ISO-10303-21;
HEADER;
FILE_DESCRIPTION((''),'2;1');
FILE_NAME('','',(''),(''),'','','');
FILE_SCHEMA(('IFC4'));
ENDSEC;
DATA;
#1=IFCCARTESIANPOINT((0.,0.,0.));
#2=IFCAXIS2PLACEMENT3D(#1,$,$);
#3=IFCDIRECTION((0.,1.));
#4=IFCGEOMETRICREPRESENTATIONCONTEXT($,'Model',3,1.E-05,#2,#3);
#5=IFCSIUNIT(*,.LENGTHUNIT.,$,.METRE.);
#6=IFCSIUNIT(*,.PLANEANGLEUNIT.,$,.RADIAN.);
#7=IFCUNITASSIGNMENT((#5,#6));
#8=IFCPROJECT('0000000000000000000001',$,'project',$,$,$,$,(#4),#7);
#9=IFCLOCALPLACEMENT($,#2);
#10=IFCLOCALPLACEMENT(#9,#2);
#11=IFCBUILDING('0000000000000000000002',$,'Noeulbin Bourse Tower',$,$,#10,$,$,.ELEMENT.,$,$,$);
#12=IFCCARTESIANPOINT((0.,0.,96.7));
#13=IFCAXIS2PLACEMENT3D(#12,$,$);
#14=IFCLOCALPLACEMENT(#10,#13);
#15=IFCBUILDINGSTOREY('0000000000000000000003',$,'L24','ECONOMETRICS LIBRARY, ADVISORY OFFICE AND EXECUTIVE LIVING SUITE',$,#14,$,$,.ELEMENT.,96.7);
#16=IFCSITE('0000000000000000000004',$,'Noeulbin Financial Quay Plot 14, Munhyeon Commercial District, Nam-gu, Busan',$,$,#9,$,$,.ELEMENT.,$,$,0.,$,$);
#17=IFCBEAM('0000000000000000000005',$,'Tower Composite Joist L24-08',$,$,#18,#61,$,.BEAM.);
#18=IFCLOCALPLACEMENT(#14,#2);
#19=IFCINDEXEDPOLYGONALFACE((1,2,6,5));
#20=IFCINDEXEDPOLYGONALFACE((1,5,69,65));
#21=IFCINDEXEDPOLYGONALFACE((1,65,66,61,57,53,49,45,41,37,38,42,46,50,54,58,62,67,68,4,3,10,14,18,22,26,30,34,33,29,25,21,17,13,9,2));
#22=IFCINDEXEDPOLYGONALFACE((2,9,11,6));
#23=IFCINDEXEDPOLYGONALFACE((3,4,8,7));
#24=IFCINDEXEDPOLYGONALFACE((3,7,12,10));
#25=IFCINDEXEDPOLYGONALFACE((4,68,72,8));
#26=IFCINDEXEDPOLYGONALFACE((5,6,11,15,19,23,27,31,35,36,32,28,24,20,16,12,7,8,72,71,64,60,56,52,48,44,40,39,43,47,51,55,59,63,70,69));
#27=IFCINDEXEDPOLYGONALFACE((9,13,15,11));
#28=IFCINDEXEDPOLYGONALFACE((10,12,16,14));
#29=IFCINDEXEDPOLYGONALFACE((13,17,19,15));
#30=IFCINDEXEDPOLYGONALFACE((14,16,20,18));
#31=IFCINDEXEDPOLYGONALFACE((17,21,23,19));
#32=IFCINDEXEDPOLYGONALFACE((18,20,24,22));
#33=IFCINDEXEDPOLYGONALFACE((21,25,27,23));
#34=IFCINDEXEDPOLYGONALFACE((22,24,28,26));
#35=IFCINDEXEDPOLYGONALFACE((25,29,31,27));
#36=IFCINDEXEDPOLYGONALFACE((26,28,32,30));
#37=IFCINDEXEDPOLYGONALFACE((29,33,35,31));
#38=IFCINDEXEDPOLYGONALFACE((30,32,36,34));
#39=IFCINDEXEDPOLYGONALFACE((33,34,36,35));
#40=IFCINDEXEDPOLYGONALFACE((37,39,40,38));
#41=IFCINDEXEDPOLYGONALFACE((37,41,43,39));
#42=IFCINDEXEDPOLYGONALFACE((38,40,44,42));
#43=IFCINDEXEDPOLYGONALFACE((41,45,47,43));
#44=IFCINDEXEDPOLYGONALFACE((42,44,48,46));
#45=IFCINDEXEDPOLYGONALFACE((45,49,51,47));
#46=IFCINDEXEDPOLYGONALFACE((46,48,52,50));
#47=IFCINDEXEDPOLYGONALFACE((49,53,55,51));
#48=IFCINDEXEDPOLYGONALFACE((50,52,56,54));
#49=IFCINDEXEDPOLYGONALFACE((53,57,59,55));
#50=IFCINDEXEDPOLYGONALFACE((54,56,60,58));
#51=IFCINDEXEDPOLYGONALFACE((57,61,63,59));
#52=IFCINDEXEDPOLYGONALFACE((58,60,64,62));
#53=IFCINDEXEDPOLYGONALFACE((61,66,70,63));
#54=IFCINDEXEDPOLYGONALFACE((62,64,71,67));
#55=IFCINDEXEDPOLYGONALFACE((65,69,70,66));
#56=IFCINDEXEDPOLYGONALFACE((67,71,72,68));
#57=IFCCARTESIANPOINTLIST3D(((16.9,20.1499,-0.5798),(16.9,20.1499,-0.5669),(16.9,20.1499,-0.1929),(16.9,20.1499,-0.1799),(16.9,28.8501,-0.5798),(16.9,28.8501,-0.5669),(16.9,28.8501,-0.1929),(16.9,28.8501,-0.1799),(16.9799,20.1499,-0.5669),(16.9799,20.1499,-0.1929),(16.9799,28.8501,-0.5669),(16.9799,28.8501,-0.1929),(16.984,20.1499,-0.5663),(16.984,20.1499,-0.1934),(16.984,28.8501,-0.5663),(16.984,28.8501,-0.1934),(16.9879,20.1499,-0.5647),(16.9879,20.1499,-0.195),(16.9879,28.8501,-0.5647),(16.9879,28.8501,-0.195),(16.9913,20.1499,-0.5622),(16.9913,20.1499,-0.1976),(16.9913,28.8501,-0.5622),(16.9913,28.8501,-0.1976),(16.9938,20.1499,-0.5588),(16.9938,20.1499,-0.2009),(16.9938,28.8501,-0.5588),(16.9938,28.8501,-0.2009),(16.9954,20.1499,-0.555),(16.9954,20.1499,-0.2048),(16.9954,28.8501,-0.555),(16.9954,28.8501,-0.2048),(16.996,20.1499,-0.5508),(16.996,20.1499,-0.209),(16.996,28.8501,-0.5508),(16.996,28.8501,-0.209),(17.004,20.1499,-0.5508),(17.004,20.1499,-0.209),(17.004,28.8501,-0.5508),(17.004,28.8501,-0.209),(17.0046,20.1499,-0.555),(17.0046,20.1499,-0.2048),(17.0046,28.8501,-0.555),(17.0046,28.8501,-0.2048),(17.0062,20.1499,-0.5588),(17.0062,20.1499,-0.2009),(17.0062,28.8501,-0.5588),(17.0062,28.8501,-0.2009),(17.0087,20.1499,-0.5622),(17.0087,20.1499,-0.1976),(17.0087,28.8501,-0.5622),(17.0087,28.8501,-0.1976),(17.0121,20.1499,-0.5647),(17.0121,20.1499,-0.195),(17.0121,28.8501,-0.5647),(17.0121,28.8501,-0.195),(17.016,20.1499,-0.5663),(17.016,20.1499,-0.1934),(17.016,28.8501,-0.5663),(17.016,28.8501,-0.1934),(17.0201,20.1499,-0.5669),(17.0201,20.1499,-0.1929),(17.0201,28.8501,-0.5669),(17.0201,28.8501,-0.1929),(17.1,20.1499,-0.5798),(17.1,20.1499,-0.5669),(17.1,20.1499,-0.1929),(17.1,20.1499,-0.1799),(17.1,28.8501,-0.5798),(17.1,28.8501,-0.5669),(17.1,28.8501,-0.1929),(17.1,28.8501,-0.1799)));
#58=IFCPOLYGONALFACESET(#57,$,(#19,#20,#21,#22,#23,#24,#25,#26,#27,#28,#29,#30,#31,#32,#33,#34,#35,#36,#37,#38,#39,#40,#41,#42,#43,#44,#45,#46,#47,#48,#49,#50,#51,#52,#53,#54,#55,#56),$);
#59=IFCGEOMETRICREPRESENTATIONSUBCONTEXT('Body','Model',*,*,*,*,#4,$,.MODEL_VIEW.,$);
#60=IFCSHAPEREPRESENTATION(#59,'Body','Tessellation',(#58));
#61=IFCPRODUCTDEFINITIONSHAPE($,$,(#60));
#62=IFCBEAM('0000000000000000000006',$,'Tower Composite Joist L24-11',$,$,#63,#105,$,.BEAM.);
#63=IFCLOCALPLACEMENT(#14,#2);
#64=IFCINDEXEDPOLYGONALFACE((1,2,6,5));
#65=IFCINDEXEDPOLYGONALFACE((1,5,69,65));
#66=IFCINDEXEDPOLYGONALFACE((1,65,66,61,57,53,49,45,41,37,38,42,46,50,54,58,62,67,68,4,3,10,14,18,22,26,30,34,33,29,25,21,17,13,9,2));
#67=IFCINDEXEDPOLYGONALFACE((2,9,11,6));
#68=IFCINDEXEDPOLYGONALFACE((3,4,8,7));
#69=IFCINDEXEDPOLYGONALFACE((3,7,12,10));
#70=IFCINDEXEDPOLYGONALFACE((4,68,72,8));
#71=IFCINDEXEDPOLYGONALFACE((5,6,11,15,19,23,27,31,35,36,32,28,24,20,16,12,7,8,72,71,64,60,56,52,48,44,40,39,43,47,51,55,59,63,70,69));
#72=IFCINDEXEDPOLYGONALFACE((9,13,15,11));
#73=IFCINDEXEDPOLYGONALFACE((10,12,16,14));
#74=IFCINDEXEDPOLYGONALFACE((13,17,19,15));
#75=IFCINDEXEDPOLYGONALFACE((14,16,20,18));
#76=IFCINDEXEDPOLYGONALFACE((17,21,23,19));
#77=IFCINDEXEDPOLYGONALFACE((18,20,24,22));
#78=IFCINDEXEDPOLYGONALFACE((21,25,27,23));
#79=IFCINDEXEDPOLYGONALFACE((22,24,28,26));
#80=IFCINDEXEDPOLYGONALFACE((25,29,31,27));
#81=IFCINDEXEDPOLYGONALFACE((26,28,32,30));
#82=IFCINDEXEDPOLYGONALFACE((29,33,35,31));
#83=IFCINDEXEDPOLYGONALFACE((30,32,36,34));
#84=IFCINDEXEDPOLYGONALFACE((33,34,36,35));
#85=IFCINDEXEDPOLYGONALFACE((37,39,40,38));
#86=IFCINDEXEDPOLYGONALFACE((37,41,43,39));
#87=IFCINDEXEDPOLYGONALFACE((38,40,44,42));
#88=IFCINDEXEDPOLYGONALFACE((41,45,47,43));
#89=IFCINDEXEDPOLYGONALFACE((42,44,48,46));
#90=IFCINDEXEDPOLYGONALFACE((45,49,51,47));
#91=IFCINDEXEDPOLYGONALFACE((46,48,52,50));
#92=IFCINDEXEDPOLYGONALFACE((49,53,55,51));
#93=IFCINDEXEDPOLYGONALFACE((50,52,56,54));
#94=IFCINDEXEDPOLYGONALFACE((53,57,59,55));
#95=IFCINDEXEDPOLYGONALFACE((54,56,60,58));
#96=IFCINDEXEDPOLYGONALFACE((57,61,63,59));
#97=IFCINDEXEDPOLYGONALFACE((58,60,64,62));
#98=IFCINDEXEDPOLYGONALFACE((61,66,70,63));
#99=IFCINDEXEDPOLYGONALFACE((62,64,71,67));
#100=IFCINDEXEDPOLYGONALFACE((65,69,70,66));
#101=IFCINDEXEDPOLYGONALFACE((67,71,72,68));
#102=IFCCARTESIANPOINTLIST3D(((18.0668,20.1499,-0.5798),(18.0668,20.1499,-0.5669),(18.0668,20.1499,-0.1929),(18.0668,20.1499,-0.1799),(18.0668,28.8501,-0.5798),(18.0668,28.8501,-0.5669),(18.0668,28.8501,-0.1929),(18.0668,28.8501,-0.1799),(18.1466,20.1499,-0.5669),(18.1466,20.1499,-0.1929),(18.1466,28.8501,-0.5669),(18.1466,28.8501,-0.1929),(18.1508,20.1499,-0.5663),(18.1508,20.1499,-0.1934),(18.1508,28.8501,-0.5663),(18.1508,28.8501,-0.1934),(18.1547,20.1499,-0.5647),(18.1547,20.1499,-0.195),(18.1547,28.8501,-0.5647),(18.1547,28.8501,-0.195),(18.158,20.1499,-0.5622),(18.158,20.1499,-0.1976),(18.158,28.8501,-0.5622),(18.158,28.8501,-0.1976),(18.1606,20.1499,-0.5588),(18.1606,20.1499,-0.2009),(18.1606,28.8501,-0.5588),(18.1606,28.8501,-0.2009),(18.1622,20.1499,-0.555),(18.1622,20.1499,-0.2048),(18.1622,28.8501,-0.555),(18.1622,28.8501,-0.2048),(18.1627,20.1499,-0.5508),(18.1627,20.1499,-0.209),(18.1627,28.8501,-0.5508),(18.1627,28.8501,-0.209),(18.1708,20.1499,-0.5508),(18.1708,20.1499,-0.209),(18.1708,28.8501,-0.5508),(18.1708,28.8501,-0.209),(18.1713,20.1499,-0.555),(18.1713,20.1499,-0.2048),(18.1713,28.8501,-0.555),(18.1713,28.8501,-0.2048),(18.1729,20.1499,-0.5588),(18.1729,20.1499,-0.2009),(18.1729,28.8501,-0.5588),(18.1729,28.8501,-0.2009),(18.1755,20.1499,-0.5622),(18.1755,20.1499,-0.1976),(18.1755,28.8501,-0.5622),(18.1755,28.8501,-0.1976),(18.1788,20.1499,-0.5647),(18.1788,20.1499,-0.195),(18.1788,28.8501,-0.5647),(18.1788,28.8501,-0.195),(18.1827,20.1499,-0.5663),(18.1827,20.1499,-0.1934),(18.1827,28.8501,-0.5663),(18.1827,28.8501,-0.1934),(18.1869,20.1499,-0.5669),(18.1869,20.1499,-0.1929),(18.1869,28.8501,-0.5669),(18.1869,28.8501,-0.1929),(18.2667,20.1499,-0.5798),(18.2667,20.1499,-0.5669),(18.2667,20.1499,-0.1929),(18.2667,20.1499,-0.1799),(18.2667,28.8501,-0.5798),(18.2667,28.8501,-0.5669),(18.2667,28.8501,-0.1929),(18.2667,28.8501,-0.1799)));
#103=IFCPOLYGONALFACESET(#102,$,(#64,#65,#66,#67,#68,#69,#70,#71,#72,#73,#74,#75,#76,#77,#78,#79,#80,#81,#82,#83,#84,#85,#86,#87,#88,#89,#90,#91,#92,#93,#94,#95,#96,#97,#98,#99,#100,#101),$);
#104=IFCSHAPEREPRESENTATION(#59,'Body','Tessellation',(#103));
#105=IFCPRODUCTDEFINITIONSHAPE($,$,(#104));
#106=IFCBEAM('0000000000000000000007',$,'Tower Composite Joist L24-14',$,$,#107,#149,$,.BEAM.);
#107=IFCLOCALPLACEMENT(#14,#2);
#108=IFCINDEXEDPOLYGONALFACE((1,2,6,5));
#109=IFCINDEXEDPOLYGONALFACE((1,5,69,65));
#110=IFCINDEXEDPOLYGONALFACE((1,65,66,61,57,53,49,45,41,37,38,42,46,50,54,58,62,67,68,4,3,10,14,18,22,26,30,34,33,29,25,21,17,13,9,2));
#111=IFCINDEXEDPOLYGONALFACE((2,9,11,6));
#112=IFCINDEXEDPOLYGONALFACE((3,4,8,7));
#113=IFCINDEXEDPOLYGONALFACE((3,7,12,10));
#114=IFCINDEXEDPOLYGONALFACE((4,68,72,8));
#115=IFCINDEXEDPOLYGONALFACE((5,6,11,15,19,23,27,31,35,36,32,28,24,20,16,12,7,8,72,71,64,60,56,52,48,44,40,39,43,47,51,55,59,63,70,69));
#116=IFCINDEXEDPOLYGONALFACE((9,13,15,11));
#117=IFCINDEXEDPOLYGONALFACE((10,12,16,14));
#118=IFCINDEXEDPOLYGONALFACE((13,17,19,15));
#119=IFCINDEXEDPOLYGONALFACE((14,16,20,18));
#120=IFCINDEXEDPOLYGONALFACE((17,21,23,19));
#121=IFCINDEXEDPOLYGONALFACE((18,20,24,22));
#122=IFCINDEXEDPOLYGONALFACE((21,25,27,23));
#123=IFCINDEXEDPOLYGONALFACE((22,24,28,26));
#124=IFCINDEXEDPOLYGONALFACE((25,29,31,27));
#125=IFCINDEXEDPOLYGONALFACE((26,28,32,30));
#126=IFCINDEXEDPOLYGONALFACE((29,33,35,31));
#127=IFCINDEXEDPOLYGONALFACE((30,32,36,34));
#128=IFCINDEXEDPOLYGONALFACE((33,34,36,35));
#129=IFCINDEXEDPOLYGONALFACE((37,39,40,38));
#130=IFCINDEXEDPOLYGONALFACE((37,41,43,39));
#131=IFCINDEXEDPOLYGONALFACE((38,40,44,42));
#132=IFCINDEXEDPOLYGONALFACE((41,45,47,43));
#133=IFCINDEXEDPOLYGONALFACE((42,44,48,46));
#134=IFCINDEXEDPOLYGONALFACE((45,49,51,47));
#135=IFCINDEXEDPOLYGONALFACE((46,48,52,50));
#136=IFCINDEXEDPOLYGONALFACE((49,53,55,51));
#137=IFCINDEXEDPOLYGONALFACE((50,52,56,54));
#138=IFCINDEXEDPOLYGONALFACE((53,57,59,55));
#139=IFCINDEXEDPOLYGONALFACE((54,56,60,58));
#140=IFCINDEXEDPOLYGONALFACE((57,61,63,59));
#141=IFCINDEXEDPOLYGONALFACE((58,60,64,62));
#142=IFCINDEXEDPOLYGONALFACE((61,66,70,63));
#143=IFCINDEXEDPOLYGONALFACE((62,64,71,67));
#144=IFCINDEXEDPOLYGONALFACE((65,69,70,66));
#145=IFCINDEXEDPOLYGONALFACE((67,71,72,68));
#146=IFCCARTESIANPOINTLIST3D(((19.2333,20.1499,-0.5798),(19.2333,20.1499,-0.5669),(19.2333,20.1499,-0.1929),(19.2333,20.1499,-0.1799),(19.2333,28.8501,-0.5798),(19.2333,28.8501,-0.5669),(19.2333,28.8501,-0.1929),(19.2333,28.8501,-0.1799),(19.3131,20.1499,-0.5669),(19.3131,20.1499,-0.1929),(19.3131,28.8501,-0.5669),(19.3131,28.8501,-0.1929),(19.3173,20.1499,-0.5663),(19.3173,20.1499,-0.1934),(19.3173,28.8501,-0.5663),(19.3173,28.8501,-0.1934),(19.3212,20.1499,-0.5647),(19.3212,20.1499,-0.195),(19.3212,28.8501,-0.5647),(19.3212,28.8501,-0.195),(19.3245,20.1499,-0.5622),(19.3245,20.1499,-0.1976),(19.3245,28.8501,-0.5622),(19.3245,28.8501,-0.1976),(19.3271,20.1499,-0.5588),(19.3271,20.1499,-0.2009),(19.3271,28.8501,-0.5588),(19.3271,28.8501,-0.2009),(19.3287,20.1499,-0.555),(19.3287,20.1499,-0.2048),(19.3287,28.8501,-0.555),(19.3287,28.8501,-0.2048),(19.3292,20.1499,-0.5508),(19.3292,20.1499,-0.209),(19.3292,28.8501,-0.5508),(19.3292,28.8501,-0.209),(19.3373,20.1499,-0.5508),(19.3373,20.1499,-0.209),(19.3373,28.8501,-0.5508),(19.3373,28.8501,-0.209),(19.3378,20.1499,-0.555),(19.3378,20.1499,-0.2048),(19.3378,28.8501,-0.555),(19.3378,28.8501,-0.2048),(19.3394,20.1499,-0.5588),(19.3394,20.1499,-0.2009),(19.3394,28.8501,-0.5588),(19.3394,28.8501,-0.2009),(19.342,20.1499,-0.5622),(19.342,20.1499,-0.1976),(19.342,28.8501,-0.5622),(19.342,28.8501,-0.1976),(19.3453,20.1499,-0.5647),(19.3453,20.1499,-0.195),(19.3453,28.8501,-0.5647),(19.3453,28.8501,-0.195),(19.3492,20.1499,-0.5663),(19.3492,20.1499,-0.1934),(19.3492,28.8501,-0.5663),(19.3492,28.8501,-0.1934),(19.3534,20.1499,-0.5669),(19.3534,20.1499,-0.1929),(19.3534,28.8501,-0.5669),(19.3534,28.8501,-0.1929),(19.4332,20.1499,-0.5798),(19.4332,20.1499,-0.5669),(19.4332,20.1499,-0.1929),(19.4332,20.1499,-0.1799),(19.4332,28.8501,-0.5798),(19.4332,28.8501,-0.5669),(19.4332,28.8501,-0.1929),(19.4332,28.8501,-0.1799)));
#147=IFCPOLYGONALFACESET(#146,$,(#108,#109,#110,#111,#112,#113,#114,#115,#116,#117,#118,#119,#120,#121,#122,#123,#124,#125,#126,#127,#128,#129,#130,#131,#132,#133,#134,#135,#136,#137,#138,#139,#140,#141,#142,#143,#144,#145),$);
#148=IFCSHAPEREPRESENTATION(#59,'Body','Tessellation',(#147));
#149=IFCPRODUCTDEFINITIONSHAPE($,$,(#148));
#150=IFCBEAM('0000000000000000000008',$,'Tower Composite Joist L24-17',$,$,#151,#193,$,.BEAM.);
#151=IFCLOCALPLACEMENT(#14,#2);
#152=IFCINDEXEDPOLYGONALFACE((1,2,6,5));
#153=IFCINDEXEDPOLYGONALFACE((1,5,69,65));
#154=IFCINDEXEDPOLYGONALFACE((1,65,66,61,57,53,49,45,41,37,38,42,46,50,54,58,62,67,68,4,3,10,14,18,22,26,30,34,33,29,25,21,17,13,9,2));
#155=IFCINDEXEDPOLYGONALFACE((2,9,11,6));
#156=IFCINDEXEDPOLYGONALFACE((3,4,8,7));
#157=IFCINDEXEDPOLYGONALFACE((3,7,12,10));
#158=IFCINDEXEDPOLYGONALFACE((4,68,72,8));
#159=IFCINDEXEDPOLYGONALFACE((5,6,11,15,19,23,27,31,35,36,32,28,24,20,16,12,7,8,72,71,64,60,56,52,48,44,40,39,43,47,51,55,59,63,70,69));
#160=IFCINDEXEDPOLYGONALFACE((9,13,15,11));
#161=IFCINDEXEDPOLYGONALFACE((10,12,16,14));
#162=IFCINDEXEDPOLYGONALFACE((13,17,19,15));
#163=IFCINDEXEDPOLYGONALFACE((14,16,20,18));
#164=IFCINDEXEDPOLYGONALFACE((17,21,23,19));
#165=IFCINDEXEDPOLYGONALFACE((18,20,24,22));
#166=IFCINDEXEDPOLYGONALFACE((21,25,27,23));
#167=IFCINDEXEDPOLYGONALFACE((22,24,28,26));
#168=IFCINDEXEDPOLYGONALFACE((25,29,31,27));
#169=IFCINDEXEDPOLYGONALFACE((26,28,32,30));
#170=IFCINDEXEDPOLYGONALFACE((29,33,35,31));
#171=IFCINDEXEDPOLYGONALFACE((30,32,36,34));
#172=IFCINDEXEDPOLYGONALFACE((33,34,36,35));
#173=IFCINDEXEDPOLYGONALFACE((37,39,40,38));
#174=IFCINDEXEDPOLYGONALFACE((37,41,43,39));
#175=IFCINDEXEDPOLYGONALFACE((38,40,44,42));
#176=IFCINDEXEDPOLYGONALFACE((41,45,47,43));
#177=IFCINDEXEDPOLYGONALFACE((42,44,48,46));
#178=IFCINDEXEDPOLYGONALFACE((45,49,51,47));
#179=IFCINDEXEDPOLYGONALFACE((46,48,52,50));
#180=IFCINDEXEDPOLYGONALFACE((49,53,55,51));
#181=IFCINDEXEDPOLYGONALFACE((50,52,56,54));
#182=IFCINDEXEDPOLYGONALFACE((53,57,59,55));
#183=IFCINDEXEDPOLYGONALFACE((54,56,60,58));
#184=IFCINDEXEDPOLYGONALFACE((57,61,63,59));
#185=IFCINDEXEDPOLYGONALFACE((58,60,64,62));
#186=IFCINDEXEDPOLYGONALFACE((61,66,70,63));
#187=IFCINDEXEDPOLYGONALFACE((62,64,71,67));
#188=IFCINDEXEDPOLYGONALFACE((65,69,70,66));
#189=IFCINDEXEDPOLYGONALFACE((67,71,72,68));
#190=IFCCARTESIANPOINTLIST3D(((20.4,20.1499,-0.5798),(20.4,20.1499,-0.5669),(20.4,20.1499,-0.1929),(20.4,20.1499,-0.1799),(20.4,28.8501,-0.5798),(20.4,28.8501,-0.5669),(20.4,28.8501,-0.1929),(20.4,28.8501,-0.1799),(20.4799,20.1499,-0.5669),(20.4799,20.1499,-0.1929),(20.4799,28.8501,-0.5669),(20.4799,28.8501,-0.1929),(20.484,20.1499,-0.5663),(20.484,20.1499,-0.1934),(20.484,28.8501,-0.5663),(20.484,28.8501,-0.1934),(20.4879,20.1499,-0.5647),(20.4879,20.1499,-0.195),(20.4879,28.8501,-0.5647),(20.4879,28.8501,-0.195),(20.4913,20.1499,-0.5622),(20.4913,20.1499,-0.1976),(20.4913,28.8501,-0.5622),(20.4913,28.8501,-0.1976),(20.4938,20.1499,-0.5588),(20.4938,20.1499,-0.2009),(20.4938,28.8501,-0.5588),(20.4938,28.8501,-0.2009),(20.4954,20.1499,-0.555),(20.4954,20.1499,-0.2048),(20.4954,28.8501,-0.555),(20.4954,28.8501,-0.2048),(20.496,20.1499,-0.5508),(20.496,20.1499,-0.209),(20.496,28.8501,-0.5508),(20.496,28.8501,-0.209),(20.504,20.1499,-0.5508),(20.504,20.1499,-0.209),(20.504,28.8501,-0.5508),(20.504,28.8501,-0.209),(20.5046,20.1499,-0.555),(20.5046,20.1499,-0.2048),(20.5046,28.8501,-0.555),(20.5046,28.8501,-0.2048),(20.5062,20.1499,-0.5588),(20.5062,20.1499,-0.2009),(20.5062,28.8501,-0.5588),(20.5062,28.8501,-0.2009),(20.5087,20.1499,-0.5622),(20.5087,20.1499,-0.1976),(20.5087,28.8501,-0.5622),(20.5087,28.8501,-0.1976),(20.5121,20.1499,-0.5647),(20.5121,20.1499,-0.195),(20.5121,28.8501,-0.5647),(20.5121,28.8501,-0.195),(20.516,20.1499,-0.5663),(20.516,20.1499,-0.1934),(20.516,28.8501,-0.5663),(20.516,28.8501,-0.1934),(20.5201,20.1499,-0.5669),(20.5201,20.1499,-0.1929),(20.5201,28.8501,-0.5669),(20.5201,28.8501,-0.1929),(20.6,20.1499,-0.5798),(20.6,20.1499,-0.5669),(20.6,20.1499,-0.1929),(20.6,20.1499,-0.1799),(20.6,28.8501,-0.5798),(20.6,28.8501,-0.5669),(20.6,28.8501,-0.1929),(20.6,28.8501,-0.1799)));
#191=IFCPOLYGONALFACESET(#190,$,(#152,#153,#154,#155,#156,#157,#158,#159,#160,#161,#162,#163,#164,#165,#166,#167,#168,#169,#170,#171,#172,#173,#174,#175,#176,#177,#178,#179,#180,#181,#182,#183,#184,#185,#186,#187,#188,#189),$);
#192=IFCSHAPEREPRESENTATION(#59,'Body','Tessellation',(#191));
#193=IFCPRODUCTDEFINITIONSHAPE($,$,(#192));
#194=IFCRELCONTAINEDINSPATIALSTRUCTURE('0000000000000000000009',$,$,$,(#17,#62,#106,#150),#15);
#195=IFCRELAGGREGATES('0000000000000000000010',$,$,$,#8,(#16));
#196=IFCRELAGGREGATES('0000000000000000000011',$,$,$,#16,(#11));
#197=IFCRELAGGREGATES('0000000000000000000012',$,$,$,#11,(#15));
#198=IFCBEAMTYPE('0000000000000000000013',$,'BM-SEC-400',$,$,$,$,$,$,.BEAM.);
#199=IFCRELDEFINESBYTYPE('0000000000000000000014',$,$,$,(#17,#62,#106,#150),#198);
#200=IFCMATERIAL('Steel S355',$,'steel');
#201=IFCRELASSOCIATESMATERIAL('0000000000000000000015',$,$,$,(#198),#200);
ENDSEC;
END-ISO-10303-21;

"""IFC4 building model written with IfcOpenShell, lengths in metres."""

from ifc_helpers import new_model, si_unit, direction, frame, origin, origin_2d, place, context, subcontext, project, spatial, i_section, extrude, material, material_profile, profile_set, type_object, element, save


model = new_model("IFC4")

# Units and contexts
model_context = context("Model", 3, precision=1e-05, world=origin(), true_north=direction((0.0, 1.0)))
body_context = subcontext(model_context, "Body", "Model", "MODEL_VIEW")
ifc_project = project(units=[si_unit("LENGTHUNIT", "METRE"), si_unit("PLANEANGLEUNIT", "RADIAN")], contexts=[model_context])

# Site, building, storey
site_placement = place(None, origin())
site = spatial("IfcSite", under=ifc_project, at=site_placement, Name="Noeulbin Financial Quay Plot 14, Munhyeon Commercial District, Nam-gu, Busan", CompositionType="ELEMENT", RefElevation=0.0)
building_placement = place(site_placement, origin())
building = spatial("IfcBuilding", under=site, at=building_placement, Name="Noeulbin Bourse Tower", CompositionType="ELEMENT")
storey_placement = place(building_placement, frame((0.0, 0.0, 96.7)))
storey = spatial("IfcBuildingStorey", under=building, at=storey_placement, Name="L24", Description="ECONOMETRICS LIBRARY, ADVISORY OFFICE AND EXECUTIVE LIVING SUITE", CompositionType="ELEMENT", Elevation=96.7)

# Beams
ifc_material_1 = material(Name="Steel S355", Category="steel")
ifc_material_profile_1 = material_profile(ifc_material_1, i_section(OverallWidth=0.2, OverallDepth=0.3999, WebThickness=0.0081, FlangeThickness=0.0129, FilletRadius=0.0161, at=origin_2d()), Name="H-400x200x8x13", Category="LoadBearing")
ifc_profile_set_1 = profile_set([ifc_material_profile_1], Name="Steel S355")
beam_type_1 = type_object("IfcBeamType", Name="BM-SEC-400", PredefinedType="BEAM", material=ifc_profile_set_1)
for number, where, z_axis, x_axis, name in (
    (1, (17.0, 20.1499, -0.3799), (0.0, 1.0, 0.0), (-1.0, 0.0, 0.0), "Tower Composite Joist L24-08"),
    (2, (18.1667, 20.1499, -0.3799), (0.0, 1.0, 0.0), (-1.0, 0.0, 0.0), "Tower Composite Joist L24-11"),
    (3, (19.3333, 20.1499, -0.3799), (0.0, 1.0, 0.0), (-1.0, 0.0, 0.0), "Tower Composite Joist L24-14"),
    (4, (20.5, 20.1499, -0.3799), (0.0, 1.0, 0.0), (-1.0, 0.0, 0.0), "Tower Composite Joist L24-17"),
):
    element("IfcBeam", number, at=place(storey_placement, frame(where, z_axis=z_axis, x_axis=x_axis)), inside=storey, type_object=beam_type_1, Name=name, PredefinedType="BEAM", context=body_context, shape_type="SweptSolid", body=[
        extrude(i_section(OverallWidth=0.2, OverallDepth=0.3999, WebThickness=0.0081, FlangeThickness=0.0129, FilletRadius=0.0161, at=origin_2d()), origin(), (0.0, 0.0, 1.0), 8.7002),
    ])

save(model, "model.ifc")
